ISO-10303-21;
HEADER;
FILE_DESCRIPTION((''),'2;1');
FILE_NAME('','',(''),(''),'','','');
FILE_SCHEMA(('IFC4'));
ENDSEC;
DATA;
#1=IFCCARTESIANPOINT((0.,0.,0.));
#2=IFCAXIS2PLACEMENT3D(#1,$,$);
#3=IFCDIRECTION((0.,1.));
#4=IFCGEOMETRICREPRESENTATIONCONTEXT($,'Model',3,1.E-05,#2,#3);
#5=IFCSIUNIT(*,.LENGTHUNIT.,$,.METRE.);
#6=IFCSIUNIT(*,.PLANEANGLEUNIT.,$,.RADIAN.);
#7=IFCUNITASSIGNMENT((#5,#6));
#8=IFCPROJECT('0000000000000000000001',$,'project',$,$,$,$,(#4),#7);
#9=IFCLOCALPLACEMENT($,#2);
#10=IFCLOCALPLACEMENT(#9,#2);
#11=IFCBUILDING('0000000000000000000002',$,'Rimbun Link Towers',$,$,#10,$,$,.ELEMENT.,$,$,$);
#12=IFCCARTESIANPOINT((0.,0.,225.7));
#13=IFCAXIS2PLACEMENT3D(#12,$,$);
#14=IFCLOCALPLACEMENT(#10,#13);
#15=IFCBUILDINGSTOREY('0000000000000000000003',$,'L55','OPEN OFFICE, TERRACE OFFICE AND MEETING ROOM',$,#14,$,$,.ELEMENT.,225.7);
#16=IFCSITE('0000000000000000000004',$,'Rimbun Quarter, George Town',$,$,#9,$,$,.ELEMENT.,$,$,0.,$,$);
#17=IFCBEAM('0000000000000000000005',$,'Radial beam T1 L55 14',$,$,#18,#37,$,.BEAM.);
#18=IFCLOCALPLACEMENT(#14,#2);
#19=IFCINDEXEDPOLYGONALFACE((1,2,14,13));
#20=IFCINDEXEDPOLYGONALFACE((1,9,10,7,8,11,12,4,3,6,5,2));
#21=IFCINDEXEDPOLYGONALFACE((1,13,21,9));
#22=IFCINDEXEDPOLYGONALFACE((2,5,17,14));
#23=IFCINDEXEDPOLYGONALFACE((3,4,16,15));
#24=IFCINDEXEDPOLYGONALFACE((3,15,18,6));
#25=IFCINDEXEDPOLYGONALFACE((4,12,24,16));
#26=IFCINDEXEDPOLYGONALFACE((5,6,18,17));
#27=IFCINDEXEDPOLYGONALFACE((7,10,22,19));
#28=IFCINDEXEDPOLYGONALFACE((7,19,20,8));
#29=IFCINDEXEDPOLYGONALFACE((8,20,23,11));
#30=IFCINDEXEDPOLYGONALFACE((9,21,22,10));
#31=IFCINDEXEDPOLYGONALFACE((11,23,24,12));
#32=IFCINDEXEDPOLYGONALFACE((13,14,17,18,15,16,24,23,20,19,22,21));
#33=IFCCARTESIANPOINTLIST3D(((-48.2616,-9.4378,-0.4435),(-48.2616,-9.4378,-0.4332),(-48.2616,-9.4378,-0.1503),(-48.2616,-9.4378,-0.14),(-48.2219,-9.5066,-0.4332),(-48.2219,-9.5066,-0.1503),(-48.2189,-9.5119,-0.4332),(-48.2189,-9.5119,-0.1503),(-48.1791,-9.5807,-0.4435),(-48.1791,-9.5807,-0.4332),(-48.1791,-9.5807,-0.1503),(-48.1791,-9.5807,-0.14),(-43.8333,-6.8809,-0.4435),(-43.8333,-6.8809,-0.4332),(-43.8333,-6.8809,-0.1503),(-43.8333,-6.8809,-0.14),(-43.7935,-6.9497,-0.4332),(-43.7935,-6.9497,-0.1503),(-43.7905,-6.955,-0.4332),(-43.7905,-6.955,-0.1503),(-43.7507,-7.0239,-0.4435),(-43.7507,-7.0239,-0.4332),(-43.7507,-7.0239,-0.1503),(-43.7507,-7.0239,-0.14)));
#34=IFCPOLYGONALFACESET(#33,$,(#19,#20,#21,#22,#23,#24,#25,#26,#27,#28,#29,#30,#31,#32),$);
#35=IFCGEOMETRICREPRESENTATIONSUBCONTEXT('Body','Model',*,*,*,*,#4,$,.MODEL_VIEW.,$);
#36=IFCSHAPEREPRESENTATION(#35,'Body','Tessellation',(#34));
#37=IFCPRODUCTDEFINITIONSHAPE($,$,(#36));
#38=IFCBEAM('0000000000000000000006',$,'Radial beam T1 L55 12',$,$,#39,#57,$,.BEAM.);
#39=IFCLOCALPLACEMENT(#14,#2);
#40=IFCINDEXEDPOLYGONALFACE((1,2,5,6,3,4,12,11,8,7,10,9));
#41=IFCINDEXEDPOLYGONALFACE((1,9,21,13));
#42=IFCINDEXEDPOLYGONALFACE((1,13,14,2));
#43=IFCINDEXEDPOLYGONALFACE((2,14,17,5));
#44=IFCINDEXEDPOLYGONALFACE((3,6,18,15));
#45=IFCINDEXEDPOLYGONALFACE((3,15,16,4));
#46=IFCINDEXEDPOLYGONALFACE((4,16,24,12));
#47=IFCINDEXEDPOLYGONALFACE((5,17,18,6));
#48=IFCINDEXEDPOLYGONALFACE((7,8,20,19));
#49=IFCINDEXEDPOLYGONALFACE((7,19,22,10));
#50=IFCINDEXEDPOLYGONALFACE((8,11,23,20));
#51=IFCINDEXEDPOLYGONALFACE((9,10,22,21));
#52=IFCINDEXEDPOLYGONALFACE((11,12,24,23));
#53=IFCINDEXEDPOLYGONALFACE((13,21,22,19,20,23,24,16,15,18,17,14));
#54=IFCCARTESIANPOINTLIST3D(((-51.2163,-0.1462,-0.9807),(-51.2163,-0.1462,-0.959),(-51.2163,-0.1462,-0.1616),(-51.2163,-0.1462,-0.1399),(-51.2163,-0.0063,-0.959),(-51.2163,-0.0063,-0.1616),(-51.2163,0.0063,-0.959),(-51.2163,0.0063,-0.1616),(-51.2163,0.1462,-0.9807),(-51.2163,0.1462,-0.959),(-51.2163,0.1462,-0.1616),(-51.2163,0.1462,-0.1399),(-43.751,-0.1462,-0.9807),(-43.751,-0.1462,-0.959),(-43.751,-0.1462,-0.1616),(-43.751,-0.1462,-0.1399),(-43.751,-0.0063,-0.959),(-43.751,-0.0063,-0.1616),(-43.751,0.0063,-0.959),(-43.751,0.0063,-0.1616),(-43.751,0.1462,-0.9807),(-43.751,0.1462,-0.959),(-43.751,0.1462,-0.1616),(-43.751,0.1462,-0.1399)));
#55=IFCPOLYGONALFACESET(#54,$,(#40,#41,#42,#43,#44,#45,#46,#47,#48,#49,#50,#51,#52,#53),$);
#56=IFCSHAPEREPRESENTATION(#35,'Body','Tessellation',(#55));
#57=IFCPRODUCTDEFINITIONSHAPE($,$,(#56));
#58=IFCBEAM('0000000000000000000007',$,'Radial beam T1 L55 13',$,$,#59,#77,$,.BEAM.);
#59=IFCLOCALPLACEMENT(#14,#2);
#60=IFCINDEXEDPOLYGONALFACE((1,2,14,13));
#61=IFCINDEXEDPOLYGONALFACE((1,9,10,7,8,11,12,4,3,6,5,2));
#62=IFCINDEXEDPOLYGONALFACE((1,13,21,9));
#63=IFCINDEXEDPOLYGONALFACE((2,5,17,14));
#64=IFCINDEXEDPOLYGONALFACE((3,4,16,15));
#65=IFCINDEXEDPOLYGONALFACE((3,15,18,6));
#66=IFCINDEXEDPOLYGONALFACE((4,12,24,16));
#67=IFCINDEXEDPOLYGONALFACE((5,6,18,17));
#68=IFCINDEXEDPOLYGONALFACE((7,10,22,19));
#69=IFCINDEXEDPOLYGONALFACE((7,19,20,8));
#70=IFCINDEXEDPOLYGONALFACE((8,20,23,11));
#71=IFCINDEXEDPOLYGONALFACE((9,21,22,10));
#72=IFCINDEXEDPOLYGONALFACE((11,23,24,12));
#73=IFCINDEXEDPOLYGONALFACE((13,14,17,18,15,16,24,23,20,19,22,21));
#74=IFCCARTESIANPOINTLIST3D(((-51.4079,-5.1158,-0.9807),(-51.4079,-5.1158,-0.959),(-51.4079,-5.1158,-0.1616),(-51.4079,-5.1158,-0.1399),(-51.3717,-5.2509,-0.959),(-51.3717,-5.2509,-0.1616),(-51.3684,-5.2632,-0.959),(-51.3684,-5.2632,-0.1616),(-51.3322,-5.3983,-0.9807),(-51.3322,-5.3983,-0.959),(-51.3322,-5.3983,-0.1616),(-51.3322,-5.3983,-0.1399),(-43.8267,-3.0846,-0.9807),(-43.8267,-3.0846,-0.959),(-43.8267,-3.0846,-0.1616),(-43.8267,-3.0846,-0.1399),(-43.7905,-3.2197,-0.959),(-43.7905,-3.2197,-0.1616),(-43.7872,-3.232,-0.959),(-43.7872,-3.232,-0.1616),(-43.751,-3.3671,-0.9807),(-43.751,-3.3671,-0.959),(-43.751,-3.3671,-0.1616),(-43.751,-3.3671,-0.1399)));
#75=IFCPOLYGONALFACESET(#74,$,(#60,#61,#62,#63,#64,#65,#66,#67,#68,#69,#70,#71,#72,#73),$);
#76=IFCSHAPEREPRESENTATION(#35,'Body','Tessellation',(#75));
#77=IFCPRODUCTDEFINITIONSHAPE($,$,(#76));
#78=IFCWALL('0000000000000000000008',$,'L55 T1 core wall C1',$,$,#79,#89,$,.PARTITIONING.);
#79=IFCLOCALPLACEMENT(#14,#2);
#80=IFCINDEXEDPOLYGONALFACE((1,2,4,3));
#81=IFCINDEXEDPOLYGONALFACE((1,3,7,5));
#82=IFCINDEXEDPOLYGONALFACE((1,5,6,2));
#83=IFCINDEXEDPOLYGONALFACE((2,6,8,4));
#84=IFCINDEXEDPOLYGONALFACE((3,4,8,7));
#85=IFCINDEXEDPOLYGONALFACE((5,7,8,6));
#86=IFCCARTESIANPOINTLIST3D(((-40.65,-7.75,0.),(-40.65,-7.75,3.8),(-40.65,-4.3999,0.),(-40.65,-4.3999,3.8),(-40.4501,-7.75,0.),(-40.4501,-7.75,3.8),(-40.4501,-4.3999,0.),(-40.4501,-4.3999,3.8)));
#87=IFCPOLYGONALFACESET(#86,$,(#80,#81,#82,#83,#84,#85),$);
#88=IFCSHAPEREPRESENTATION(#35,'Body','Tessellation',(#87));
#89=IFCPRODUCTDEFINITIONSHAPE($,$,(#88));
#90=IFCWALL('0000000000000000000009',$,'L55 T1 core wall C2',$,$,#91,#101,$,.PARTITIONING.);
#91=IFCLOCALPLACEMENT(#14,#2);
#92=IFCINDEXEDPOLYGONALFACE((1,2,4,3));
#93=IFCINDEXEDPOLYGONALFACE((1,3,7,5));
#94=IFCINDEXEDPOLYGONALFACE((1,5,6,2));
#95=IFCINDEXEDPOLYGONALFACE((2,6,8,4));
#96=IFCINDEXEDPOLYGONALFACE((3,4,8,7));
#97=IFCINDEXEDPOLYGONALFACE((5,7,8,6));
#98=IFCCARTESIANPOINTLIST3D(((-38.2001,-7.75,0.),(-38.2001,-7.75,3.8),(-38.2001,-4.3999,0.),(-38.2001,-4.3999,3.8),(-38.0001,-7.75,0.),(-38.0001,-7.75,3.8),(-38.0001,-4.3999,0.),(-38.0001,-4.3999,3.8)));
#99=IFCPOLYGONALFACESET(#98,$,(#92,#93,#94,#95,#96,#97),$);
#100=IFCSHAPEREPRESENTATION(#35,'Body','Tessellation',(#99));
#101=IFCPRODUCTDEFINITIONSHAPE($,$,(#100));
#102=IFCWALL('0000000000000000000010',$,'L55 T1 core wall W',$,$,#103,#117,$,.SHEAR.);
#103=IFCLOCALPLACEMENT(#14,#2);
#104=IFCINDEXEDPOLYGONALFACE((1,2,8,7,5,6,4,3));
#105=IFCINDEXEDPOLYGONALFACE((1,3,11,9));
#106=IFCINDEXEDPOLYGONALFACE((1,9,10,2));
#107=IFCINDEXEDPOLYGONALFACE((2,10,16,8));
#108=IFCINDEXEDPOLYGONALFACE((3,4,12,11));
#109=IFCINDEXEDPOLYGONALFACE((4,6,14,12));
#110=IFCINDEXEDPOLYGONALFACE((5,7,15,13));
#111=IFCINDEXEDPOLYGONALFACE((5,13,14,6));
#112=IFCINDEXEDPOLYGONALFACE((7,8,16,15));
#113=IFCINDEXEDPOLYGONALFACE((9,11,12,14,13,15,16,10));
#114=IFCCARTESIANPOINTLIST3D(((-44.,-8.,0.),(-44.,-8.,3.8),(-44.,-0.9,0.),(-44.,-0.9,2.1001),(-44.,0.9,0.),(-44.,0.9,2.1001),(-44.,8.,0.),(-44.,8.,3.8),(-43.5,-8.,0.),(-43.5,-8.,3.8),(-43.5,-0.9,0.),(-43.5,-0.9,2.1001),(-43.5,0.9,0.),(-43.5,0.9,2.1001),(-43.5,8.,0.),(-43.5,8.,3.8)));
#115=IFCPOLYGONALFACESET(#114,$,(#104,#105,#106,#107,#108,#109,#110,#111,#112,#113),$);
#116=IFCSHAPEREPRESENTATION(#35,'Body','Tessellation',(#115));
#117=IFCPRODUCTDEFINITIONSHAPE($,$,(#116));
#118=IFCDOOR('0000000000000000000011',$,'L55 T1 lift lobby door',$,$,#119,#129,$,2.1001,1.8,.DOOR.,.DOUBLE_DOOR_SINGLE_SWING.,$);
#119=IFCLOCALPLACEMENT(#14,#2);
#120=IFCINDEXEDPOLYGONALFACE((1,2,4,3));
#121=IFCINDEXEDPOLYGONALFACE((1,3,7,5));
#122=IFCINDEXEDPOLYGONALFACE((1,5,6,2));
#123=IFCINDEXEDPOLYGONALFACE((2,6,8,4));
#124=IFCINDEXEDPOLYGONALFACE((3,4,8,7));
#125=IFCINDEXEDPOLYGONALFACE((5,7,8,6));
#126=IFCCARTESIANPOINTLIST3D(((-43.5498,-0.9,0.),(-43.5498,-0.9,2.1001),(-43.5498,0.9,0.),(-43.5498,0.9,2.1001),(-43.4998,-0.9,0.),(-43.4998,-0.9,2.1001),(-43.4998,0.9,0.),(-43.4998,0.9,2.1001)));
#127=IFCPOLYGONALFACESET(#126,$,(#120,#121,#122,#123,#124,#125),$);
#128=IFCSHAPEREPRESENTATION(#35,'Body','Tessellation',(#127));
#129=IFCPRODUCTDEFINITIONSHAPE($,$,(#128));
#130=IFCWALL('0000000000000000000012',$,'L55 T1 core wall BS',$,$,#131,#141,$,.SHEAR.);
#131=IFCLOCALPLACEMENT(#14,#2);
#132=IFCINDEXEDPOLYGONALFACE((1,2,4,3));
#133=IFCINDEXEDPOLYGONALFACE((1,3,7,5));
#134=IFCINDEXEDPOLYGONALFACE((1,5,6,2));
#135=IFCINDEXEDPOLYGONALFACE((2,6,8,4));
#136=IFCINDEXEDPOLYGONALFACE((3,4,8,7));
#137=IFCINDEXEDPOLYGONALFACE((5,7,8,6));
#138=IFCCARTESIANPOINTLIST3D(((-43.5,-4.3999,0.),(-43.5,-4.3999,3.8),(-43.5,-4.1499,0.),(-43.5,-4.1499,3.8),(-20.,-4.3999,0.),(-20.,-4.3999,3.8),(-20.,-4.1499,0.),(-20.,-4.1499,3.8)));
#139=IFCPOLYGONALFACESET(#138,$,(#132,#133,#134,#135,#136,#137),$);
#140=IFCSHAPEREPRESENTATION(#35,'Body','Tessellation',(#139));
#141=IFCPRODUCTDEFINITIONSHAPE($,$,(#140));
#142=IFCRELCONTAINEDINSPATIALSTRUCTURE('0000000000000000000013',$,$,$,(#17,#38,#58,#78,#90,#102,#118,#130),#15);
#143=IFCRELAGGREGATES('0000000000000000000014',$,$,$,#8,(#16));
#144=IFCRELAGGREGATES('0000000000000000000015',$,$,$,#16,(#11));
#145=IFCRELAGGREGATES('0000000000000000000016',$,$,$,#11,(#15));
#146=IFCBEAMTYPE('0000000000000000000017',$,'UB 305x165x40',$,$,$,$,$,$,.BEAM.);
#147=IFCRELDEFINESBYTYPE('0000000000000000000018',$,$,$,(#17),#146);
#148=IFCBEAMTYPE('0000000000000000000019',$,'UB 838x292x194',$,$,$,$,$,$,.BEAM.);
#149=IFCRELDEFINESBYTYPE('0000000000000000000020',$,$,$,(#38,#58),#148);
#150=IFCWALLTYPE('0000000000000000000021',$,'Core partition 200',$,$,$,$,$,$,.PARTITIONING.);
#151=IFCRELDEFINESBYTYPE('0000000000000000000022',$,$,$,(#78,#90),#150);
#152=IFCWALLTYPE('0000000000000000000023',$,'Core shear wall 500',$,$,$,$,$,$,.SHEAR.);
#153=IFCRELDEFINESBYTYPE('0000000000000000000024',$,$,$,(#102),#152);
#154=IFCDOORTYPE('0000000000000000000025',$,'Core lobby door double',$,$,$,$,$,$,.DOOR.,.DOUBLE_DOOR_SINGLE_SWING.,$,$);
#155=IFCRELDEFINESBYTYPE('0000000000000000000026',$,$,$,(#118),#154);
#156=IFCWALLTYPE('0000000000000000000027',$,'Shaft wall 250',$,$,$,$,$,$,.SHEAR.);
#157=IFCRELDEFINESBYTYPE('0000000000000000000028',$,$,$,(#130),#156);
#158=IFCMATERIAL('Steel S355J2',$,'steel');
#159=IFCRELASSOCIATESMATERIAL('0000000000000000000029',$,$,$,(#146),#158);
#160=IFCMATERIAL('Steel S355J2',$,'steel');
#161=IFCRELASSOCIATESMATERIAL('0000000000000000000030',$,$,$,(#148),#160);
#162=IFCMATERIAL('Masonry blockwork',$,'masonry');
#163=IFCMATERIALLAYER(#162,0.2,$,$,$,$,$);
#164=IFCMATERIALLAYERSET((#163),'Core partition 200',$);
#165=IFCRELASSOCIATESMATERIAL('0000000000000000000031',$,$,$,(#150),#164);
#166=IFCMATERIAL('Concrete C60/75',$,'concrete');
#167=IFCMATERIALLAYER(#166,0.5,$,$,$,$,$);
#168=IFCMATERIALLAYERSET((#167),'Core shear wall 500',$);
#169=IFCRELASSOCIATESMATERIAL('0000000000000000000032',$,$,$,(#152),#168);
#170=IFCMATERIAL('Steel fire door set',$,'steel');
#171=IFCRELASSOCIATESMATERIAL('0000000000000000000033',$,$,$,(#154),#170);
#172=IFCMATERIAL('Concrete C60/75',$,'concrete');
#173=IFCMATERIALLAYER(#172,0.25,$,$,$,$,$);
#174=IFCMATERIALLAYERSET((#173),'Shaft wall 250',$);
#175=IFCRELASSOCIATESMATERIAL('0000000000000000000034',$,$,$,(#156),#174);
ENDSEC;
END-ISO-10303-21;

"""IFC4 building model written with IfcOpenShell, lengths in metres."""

from ifc_helpers import new_model, si_unit, direction, frame, frame_2d, origin, origin_2d, place, context, subcontext, project, spatial, rectangle, i_section, extrude, material, layer, layer_set, material_profile, profile_set, type_object, element, fill, save


model = new_model("IFC4")

# Units and contexts
model_context = context("Model", 3, precision=1e-05, world=origin(), true_north=direction((0.0, 1.0)))
body_context = subcontext(model_context, "Body", "Model", "MODEL_VIEW")
ifc_project = project(units=[si_unit("LENGTHUNIT", "METRE"), si_unit("PLANEANGLEUNIT", "RADIAN")], contexts=[model_context])

# Site, building, storey
site_placement = place(None, origin())
site = spatial("IfcSite", under=ifc_project, at=site_placement, Name="Rimbun Quarter, George Town", CompositionType="ELEMENT", RefElevation=0.0)
building_placement = place(site_placement, origin())
building = spatial("IfcBuilding", under=site, at=building_placement, Name="Rimbun Link Towers", CompositionType="ELEMENT")
storey_placement = place(building_placement, frame((0.0, 0.0, 225.7)))
storey = spatial("IfcBuildingStorey", under=building, at=storey_placement, Name="L55", Description="OPEN OFFICE, TERRACE OFFICE AND MEETING ROOM", CompositionType="ELEMENT", Elevation=225.7)

# Beams
ifc_material_1 = material(Name="Steel S355J2", Category="steel")
ifc_material_profile_1 = material_profile(ifc_material_1, i_section(OverallWidth=0.165, OverallDepth=0.3035, WebThickness=0.0061, FlangeThickness=0.0103, at=origin_2d()), Name="UB 305x165x40")
ifc_profile_set_1 = profile_set([ifc_material_profile_1], Name="Steel S355J2")
beam_type_1 = type_object("IfcBeamType", Name="UB 305x165x40", PredefinedType="BEAM", material=ifc_profile_set_1)
beam_1_placement = place(storey_placement, frame((-43.792, -6.9524, -0.2917), z_axis=(-0.866016, -0.500016, 0.0), x_axis=(0.500016, -0.866016, 0.0)))
element("IfcBeam", 1, at=beam_1_placement, inside=storey, type_object=beam_type_1, Name="Radial beam T1 L55 14", PredefinedType="BEAM", context=body_context, shape_type="SweptSolid", body=[
    extrude(i_section(OverallWidth=0.165, OverallDepth=0.3035, WebThickness=0.0061, FlangeThickness=0.0103, at=origin_2d()), origin(), (0.0, 0.0, 1.0), 5.1135),
])
ifc_material_2 = material(Name="Steel S355J2", Category="steel")
ifc_material_profile_2 = material_profile(ifc_material_2, i_section(OverallWidth=0.2925, OverallDepth=0.8408, WebThickness=0.0127, FlangeThickness=0.0217, at=origin_2d()), Name="UB 838x292x194")
ifc_profile_set_2 = profile_set([ifc_material_profile_2], Name="Steel S355J2")
beam_type_2 = type_object("IfcBeamType", Name="UB 838x292x194", PredefinedType="BEAM", material=ifc_profile_set_2)
beam_2_placement = place(storey_placement, frame((-43.751, 0.0, -0.5603), z_axis=(-1.0, 0.0, 0.0), x_axis=(0.0, -1.0, 0.0)))
element("IfcBeam", 2, at=beam_2_placement, inside=storey, type_object=beam_type_2, Name="Radial beam T1 L55 12", PredefinedType="BEAM", context=body_context, shape_type="SweptSolid", body=[
    extrude(i_section(OverallWidth=0.2925, OverallDepth=0.8408, WebThickness=0.0127, FlangeThickness=0.0217, at=origin_2d()), origin(), (0.0, 0.0, 1.0), 7.4653),
])
beam_3_placement = place(storey_placement, frame((-43.7888, -3.2258, -0.5603), z_axis=(-0.965931, -0.258801, 0.0), x_axis=(0.258801, -0.965931, 0.0)))
element("IfcBeam", 3, at=beam_3_placement, inside=storey, type_object=beam_type_2, Name="Radial beam T1 L55 13", PredefinedType="BEAM", context=body_context, shape_type="SweptSolid", body=[
    extrude(i_section(OverallWidth=0.2925, OverallDepth=0.8408, WebThickness=0.0127, FlangeThickness=0.0217, at=origin_2d()), origin(), (0.0, 0.0, 1.0), 7.8486),
])

# Walls
ifc_material_3 = material(Name="Masonry blockwork", Category="masonry")
ifc_layer_1 = layer(ifc_material_3, 0.2)
ifc_layer_set_1 = layer_set([ifc_layer_1], Name="Core partition 200")
wall_type_1 = type_object("IfcWallType", Name="Core partition 200", PredefinedType="PARTITIONING", material=ifc_layer_set_1)
for number, where, z_axis, x_axis, name in (
    (4, (-40.55, -4.3999, 0.0), (0.0, 0.0, 1.0), (0.0, -1.0, 0.0), "L55 T1 core wall C1"),
    (5, (-38.1001, -4.3999, 0.0), (0.0, 0.0, 1.0), (0.0, -1.0, 0.0), "L55 T1 core wall C2"),
):
    element("IfcWall", number, at=place(storey_placement, frame(where, z_axis=z_axis, x_axis=x_axis)), inside=storey, type_object=wall_type_1, Name=name, PredefinedType="PARTITIONING", context=body_context, shape_type="SweptSolid", body=[
        extrude(rectangle(XDim=3.3501, YDim=0.2, at=frame_2d((1.675, 0.0))), origin(), (0.0, 0.0, 1.0), 3.8),
    ])

# Wall, opening, door
ifc_material_4 = material(Name="Concrete C60/75", Category="concrete")
ifc_layer_2 = layer(ifc_material_4, 0.5)
ifc_layer_set_2 = layer_set([ifc_layer_2], Name="Core shear wall 500")
wall_type_2 = type_object("IfcWallType", Name="Core shear wall 500", PredefinedType="SHEAR", material=ifc_layer_set_2)
wall_1_placement = place(storey_placement, frame((-43.75, -8.0, 0.0), z_axis=(0.0, 0.0, 1.0), x_axis=(0.0, 1.0, 0.0)))
wall_1 = element("IfcWall", 6, at=wall_1_placement, inside=storey, type_object=wall_type_2, Name="L55 T1 core wall W", PredefinedType="SHEAR", context=body_context, shape_type="SweptSolid", body=[
    extrude(rectangle(XDim=16.0, YDim=0.5, at=frame_2d((8.0, 0.0))), origin(), (0.0, 0.0, 1.0), 3.8),
])
opening_1_placement = place(wall_1_placement, frame((7.1001, 0.0, 0.0)))
opening_1 = element("IfcOpeningElement", 7, at=opening_1_placement, cuts=wall_1, PredefinedType="OPENING", context=body_context, shape_type="SweptSolid", body=[
    extrude(rectangle(XDim=1.8, YDim=2.1001, at=frame_2d((0.8999, 1.05))), frame((0.0, 0.26, 0.0), z_axis=(0.0, -1.0, 0.0), x_axis=(1.0, 0.0, 0.0)), (0.0, 0.0, 1.0), 0.52),
])
ifc_material_5 = material(Name="Steel fire door set", Category="steel")
door_type_1 = type_object("IfcDoorType", Name="Core lobby door double", OperationType="DOUBLE_DOOR_SINGLE_SWING", PredefinedType="DOOR", material=ifc_material_5)
door_1_placement = place(opening_1_placement, origin())
door_1 = element("IfcDoor", 8, at=door_1_placement, inside=storey, type_object=door_type_1, Name="L55 T1 lift lobby door", OperationType="DOUBLE_DOOR_SINGLE_SWING", OverallHeight=2.1001, OverallWidth=1.8, PredefinedType="DOOR", context=body_context, shape_type="SweptSolid", body=[
    extrude(rectangle(XDim=1.8, YDim=2.1001, at=frame_2d((0.8999, 1.05))), frame((0.0, -0.2002, 0.0), z_axis=(0.0, -1.0, 0.0), x_axis=(1.0, 0.0, 0.0)), (0.0, 0.0, 1.0), 0.05),
])
fill(opening_1, door_1)

# Wall
ifc_material_6 = material(Name="Concrete C60/75", Category="concrete")
ifc_layer_3 = layer(ifc_material_6, 0.25)
ifc_layer_set_3 = layer_set([ifc_layer_3], Name="Shaft wall 250")
wall_type_3 = type_object("IfcWallType", Name="Shaft wall 250", PredefinedType="SHEAR", material=ifc_layer_set_3)
wall_2_placement = place(storey_placement, frame((-43.5, -4.2749, 0.0), z_axis=(0.0, 0.0, 1.0), x_axis=(1.0, 0.0, 0.0)))
element("IfcWall", 9, at=wall_2_placement, inside=storey, type_object=wall_type_3, Name="L55 T1 core wall BS", PredefinedType="SHEAR", context=body_context, shape_type="SweptSolid", body=[
    extrude(rectangle(XDim=23.5, YDim=0.25, at=frame_2d((11.75, 0.0))), origin(), (0.0, 0.0, 1.0), 3.8),
])

save(model, "model.ifc")
